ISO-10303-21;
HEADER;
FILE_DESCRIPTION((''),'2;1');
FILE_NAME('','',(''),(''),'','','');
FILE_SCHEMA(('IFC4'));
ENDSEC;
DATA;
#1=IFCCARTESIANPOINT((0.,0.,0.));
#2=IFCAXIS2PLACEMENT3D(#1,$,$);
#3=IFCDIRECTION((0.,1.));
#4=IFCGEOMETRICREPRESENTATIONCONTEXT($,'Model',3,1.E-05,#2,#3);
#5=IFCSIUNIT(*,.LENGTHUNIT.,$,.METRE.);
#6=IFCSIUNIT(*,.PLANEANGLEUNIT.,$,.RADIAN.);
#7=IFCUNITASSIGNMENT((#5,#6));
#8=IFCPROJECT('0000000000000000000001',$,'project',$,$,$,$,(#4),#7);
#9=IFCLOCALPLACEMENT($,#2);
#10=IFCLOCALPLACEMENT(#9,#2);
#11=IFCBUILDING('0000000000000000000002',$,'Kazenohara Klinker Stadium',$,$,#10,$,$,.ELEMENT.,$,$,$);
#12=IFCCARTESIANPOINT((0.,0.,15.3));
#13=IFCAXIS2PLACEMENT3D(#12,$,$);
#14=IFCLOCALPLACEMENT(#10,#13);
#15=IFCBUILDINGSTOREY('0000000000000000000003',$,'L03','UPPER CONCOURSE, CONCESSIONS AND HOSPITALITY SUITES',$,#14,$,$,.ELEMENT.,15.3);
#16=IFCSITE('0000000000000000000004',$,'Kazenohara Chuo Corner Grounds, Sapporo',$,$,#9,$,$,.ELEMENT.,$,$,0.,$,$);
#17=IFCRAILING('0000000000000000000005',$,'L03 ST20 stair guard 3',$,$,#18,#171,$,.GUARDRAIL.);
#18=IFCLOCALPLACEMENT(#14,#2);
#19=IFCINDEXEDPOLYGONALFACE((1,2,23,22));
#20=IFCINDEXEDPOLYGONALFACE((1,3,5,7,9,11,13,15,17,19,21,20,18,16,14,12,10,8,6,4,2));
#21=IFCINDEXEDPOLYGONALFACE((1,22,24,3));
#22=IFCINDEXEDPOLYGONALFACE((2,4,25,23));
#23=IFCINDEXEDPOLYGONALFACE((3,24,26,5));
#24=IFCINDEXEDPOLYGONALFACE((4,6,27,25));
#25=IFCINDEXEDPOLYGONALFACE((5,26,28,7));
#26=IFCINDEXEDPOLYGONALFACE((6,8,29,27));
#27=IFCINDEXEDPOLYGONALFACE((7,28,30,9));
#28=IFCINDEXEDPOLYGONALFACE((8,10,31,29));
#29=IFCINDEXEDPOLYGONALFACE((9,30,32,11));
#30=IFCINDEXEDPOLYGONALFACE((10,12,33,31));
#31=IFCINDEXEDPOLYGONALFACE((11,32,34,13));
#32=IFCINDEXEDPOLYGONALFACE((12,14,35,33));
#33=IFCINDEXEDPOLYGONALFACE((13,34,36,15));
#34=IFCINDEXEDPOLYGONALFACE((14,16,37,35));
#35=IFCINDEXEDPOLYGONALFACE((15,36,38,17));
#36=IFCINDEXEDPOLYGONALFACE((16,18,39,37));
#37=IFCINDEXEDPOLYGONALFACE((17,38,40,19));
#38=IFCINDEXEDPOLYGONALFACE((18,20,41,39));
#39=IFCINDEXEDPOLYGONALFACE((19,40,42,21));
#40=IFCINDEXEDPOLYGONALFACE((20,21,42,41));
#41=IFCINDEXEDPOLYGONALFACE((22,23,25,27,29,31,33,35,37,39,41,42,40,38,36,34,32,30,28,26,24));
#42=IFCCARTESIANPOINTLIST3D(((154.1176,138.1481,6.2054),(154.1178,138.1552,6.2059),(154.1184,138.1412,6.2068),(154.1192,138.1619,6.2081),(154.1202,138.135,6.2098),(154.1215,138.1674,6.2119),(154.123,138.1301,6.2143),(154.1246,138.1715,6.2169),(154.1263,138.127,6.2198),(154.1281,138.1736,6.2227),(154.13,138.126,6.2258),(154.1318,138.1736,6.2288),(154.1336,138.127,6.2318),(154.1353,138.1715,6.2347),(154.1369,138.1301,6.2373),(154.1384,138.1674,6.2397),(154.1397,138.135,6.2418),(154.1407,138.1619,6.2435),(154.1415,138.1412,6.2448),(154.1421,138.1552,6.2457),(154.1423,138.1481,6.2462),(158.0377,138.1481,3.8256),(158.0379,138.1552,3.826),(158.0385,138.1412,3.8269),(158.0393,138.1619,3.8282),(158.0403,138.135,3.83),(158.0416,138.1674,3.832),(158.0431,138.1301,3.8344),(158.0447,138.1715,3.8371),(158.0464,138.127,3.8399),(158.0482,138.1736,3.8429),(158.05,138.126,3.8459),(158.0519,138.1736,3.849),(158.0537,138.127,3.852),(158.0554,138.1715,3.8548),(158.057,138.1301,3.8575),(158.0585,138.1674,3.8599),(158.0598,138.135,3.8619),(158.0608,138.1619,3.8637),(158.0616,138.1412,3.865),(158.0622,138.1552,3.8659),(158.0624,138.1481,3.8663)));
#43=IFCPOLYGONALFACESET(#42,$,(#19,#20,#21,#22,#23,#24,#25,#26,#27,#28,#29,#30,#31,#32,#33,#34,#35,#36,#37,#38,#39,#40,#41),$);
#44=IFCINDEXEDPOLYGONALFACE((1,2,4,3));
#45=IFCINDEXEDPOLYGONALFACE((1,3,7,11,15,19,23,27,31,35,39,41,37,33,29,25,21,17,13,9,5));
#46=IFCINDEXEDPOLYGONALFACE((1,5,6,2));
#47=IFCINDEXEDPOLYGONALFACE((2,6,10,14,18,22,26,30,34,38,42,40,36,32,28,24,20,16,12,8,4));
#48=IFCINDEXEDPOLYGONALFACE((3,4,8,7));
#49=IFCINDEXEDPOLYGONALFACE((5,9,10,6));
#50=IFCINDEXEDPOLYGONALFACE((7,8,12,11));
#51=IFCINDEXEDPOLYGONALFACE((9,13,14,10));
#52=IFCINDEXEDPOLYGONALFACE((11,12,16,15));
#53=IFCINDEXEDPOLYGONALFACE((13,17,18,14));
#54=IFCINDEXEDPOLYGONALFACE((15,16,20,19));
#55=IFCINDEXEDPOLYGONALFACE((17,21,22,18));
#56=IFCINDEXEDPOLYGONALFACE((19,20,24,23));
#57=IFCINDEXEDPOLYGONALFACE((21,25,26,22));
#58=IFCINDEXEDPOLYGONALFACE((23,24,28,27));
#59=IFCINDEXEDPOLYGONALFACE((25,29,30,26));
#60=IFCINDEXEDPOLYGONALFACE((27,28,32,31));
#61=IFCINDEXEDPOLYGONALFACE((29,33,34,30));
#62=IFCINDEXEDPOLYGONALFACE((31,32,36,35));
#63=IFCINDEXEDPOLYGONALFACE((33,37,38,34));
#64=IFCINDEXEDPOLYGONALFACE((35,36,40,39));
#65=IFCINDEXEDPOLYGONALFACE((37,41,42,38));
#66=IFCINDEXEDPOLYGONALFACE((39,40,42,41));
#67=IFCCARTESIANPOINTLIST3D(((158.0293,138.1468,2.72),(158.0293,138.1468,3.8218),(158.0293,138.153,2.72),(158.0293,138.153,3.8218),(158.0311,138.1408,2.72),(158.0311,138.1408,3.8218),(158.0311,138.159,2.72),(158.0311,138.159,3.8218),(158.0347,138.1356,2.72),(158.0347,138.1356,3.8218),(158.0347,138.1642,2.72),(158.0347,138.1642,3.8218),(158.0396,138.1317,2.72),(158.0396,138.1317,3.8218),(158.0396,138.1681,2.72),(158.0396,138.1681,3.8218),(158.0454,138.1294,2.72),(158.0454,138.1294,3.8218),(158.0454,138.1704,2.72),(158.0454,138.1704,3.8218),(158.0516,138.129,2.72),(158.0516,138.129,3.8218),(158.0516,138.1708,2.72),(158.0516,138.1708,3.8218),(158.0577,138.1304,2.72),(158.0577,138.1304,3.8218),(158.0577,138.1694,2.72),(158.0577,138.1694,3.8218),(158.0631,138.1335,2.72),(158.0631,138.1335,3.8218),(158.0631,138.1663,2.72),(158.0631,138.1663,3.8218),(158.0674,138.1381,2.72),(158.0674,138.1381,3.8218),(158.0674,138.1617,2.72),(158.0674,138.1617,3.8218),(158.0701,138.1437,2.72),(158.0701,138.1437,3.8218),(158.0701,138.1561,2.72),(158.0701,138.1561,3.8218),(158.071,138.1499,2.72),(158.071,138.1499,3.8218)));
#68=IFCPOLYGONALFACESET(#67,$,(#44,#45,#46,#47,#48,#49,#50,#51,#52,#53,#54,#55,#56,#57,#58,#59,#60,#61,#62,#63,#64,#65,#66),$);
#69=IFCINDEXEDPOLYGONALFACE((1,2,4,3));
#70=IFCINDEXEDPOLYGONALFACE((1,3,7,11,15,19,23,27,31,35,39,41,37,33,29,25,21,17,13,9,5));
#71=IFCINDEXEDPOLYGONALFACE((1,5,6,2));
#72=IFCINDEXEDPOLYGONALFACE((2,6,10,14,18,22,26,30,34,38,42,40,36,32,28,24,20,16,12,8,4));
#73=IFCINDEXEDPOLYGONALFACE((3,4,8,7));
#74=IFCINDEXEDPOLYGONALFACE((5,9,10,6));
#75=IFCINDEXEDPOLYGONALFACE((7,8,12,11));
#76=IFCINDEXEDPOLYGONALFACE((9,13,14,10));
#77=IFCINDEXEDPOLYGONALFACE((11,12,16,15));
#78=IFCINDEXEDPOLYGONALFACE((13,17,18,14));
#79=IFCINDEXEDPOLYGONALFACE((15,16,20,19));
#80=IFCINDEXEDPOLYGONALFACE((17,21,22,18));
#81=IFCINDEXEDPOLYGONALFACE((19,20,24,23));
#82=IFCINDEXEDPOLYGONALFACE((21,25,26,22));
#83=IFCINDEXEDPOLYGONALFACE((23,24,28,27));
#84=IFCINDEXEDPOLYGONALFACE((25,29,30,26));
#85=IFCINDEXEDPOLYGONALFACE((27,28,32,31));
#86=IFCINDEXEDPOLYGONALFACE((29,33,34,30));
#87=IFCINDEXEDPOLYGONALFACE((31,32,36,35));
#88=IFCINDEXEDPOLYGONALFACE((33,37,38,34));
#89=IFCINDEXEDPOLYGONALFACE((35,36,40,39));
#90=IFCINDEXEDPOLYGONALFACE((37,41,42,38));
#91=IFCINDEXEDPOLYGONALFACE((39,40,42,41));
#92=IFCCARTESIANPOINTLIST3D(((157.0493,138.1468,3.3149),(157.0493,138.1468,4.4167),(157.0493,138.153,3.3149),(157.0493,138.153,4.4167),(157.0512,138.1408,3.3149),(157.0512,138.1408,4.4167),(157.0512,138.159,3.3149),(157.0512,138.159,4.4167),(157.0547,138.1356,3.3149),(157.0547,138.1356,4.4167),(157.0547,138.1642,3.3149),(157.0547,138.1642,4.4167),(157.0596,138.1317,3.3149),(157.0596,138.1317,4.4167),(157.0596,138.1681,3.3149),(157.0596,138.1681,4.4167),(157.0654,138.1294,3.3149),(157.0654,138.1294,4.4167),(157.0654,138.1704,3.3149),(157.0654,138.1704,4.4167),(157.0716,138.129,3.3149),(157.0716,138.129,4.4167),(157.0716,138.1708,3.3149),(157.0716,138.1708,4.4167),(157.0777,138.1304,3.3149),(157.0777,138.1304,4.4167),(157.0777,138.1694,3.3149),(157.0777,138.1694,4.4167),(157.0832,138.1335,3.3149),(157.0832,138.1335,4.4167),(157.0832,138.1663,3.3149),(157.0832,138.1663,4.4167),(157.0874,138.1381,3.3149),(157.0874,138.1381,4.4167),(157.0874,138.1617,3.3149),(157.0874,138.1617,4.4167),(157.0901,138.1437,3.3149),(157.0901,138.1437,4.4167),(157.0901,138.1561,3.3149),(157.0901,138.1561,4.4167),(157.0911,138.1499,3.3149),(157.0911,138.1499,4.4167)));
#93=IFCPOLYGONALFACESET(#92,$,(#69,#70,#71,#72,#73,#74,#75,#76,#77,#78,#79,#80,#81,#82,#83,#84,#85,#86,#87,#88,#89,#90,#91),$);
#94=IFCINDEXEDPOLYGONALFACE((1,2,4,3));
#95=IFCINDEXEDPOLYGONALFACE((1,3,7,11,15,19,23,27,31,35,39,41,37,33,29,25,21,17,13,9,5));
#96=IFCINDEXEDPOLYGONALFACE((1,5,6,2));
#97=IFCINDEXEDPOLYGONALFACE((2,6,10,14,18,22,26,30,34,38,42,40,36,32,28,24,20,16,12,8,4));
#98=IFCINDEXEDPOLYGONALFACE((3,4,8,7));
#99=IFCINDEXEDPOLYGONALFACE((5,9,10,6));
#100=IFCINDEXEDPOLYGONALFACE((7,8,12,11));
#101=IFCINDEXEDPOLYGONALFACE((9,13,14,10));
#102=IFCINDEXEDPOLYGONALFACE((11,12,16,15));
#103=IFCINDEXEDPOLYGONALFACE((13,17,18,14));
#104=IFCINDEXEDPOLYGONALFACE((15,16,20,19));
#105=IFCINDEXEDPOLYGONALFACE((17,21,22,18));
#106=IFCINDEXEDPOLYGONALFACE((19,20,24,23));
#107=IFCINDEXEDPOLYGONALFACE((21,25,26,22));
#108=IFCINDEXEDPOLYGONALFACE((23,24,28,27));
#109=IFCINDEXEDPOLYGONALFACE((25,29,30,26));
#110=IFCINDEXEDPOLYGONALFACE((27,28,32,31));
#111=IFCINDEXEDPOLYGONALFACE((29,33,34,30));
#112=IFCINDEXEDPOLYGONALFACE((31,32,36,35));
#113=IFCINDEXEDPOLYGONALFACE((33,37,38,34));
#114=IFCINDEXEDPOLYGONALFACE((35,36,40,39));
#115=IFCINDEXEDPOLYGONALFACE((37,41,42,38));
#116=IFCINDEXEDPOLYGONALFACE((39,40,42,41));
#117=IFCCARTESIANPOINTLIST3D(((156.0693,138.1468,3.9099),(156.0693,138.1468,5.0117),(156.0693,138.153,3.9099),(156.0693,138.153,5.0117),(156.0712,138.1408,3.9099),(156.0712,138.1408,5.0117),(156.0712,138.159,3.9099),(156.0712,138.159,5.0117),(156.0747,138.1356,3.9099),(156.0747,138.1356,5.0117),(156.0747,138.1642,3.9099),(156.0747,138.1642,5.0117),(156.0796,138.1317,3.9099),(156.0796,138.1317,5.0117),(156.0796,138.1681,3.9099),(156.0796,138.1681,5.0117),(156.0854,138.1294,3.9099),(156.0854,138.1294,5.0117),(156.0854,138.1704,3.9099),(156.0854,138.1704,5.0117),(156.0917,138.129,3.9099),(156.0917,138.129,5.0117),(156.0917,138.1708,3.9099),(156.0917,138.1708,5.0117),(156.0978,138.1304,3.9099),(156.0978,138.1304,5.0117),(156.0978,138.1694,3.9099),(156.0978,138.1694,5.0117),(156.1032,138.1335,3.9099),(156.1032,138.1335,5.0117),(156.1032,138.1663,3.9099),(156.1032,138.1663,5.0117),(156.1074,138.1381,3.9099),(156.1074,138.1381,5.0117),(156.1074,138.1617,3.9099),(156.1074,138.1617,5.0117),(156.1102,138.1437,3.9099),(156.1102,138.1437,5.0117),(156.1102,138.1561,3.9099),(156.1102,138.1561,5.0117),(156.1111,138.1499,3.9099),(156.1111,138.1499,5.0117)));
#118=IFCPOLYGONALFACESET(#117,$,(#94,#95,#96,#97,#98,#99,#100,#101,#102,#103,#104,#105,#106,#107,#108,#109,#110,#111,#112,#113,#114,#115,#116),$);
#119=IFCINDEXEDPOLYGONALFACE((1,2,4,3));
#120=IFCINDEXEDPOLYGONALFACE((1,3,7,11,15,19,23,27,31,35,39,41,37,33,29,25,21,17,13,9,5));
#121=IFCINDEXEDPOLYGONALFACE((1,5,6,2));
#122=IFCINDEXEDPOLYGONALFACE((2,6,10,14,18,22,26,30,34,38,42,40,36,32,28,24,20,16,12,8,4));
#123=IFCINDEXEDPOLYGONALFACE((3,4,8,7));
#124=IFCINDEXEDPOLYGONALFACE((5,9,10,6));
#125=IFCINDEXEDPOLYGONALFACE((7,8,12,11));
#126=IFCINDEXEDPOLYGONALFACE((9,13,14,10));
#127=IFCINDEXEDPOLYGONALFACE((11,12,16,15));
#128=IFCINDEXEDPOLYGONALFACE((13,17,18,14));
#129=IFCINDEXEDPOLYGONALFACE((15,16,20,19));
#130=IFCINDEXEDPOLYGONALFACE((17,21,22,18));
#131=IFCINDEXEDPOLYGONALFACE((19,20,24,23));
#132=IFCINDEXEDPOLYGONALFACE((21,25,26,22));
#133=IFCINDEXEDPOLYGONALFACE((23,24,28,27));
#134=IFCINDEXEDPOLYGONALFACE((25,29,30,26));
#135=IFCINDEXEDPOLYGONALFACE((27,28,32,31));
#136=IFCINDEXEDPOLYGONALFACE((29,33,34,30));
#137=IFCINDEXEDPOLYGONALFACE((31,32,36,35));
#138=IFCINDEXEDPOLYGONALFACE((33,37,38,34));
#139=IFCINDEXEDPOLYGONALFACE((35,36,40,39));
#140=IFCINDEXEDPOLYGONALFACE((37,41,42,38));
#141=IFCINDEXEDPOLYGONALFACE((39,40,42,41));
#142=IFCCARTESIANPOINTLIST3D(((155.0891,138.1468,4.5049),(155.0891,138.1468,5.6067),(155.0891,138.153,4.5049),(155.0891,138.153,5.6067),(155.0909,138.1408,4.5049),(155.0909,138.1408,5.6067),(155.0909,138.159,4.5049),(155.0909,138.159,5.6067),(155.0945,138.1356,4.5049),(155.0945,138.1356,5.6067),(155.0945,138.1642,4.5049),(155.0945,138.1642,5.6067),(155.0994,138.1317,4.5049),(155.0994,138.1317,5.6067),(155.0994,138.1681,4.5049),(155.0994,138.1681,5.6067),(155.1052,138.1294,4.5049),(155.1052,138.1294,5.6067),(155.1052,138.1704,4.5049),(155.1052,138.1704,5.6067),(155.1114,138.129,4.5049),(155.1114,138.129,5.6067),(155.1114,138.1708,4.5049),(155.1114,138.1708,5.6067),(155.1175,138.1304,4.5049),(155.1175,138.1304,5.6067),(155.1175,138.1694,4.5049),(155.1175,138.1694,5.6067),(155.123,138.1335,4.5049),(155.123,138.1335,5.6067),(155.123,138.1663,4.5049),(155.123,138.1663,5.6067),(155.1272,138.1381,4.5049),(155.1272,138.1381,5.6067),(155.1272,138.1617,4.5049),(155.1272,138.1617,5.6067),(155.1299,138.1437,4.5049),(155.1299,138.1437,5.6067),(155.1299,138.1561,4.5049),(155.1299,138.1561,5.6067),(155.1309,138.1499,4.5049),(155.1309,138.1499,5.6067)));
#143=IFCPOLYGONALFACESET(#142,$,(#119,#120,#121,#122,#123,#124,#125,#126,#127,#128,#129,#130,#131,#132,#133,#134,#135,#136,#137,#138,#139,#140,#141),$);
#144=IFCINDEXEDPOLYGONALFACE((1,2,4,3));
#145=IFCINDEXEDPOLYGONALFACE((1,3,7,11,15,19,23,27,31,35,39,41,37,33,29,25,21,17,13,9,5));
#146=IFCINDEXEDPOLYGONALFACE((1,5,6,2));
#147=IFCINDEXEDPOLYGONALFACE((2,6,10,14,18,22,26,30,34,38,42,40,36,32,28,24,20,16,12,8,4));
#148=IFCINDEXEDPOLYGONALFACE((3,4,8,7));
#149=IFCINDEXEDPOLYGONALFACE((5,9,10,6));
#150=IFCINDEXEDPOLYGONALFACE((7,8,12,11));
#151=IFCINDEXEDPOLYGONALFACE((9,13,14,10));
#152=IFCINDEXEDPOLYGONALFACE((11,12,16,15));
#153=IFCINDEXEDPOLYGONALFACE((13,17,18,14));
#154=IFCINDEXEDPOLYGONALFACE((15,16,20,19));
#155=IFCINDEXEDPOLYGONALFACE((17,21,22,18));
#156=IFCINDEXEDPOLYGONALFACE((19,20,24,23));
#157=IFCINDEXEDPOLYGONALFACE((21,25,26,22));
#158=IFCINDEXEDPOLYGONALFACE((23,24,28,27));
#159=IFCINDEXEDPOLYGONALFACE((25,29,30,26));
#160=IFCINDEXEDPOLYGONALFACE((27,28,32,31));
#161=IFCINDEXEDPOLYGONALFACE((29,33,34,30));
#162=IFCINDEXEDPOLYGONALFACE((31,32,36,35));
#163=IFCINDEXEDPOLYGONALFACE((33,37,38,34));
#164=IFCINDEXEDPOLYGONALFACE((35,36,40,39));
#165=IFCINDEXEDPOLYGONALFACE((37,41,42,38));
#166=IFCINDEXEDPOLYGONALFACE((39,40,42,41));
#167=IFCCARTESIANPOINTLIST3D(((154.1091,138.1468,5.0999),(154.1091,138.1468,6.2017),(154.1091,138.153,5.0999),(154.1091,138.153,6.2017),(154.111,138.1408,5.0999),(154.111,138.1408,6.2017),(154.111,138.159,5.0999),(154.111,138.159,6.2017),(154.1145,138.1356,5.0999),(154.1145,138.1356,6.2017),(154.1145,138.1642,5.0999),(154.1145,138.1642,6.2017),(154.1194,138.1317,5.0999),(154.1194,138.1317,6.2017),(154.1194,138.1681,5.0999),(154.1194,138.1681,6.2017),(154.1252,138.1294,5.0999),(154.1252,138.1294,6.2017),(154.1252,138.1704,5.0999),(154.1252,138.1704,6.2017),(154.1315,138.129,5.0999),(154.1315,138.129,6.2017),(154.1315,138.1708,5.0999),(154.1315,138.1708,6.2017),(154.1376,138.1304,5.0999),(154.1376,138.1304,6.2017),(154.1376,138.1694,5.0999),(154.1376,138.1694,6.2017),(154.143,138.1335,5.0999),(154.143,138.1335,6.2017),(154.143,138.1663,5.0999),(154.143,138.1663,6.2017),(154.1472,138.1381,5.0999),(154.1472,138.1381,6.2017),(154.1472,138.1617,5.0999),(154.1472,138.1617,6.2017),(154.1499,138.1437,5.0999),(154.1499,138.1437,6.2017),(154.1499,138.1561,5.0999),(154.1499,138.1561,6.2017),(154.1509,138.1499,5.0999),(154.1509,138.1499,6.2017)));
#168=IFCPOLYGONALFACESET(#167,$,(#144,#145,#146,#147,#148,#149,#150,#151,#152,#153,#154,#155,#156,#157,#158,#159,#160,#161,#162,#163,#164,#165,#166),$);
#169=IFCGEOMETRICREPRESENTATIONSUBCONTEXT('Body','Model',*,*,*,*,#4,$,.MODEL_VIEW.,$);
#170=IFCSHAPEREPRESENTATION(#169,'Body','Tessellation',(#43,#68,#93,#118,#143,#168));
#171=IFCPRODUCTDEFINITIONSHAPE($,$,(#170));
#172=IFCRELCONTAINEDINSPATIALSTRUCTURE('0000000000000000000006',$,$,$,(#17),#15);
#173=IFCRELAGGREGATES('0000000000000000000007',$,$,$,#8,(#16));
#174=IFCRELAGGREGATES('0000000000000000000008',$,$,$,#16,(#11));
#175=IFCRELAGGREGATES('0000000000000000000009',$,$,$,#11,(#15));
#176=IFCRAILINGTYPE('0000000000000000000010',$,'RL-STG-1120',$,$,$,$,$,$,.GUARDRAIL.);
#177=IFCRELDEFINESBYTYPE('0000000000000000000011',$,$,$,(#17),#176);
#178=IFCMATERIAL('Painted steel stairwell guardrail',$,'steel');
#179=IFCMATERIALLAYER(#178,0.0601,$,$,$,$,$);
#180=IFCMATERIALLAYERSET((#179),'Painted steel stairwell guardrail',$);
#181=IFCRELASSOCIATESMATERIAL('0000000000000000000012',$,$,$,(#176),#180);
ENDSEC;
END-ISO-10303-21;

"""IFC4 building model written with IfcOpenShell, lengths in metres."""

from ifc_helpers import new_model, si_unit, direction, frame, origin, origin_2d, place, context, subcontext, project, spatial, circle, extrude, material, layer, layer_set, type_object, element, save


model = new_model("IFC4")

# Units and contexts
model_context = context("Model", 3, precision=1e-05, world=origin(), true_north=direction((0.0, 1.0)))
body_context = subcontext(model_context, "Body", "Model", "MODEL_VIEW")
ifc_project = project(units=[si_unit("LENGTHUNIT", "METRE"), si_unit("PLANEANGLEUNIT", "RADIAN")], contexts=[model_context])

# Site, building, storey
site_placement = place(None, origin())
site = spatial("IfcSite", under=ifc_project, at=site_placement, Name="Kazenohara Chuo Corner Grounds, Sapporo", CompositionType="ELEMENT", RefElevation=0.0)
building_placement = place(site_placement, origin())
building = spatial("IfcBuilding", under=site, at=building_placement, Name="Kazenohara Klinker Stadium", CompositionType="ELEMENT")
storey_placement = place(building_placement, frame((0.0, 0.0, 15.3)))
storey = spatial("IfcBuildingStorey", under=building, at=storey_placement, Name="L03", Description="UPPER CONCOURSE, CONCESSIONS AND HOSPITALITY SUITES", CompositionType="ELEMENT", Elevation=15.3)

# Railing
ifc_material_1 = material(Name="Painted steel stairwell guardrail", Category="steel")
ifc_layer_1 = layer(ifc_material_1, 0.0601)
ifc_layer_set_1 = layer_set([ifc_layer_1], Name="Painted steel stairwell guardrail")
railing_type_1 = type_object("IfcRailingType", Name="RL-STG-1120", PredefinedType="GUARDRAIL", material=ifc_layer_set_1)
railing_1_placement = place(storey_placement, frame((158.05, 138.1499, 2.72)))
element("IfcRailing", 1, at=railing_1_placement, inside=storey, type_object=railing_type_1, Name="L03 ST20 stair guard 3", PredefinedType="GUARDRAIL", context=body_context, shape_type="SweptSolid", body=[
    extrude(circle(Radius=0.0239, at=origin_2d()), frame((0.0, 0.0, 1.126), z_axis=(-0.854809, 0.0, 0.518943), x_axis=(0.0, -1.0, 0.0)), (0.0, 0.0, 1.0), 4.5859),
    extrude(circle(Radius=0.021, at=origin_2d()), origin(), (0.0, 0.0, 1.0), 1.1018),
    extrude(circle(Radius=0.021, at=origin_2d()), frame((-0.98, 0.0, 0.595)), (0.0, 0.0, 1.0), 1.1018),
    extrude(circle(Radius=0.021, at=origin_2d()), frame((-1.96, 0.0, 1.1899)), (0.0, 0.0, 1.0), 1.1018),
    extrude(circle(Radius=0.021, at=origin_2d()), frame((-2.9402, 0.0, 1.7849)), (0.0, 0.0, 1.0), 1.1018),
    extrude(circle(Radius=0.021, at=origin_2d()), frame((-3.9202, 0.0, 2.3799)), (0.0, 0.0, 1.0), 1.1018),
])

save(model, "model.ifc")
